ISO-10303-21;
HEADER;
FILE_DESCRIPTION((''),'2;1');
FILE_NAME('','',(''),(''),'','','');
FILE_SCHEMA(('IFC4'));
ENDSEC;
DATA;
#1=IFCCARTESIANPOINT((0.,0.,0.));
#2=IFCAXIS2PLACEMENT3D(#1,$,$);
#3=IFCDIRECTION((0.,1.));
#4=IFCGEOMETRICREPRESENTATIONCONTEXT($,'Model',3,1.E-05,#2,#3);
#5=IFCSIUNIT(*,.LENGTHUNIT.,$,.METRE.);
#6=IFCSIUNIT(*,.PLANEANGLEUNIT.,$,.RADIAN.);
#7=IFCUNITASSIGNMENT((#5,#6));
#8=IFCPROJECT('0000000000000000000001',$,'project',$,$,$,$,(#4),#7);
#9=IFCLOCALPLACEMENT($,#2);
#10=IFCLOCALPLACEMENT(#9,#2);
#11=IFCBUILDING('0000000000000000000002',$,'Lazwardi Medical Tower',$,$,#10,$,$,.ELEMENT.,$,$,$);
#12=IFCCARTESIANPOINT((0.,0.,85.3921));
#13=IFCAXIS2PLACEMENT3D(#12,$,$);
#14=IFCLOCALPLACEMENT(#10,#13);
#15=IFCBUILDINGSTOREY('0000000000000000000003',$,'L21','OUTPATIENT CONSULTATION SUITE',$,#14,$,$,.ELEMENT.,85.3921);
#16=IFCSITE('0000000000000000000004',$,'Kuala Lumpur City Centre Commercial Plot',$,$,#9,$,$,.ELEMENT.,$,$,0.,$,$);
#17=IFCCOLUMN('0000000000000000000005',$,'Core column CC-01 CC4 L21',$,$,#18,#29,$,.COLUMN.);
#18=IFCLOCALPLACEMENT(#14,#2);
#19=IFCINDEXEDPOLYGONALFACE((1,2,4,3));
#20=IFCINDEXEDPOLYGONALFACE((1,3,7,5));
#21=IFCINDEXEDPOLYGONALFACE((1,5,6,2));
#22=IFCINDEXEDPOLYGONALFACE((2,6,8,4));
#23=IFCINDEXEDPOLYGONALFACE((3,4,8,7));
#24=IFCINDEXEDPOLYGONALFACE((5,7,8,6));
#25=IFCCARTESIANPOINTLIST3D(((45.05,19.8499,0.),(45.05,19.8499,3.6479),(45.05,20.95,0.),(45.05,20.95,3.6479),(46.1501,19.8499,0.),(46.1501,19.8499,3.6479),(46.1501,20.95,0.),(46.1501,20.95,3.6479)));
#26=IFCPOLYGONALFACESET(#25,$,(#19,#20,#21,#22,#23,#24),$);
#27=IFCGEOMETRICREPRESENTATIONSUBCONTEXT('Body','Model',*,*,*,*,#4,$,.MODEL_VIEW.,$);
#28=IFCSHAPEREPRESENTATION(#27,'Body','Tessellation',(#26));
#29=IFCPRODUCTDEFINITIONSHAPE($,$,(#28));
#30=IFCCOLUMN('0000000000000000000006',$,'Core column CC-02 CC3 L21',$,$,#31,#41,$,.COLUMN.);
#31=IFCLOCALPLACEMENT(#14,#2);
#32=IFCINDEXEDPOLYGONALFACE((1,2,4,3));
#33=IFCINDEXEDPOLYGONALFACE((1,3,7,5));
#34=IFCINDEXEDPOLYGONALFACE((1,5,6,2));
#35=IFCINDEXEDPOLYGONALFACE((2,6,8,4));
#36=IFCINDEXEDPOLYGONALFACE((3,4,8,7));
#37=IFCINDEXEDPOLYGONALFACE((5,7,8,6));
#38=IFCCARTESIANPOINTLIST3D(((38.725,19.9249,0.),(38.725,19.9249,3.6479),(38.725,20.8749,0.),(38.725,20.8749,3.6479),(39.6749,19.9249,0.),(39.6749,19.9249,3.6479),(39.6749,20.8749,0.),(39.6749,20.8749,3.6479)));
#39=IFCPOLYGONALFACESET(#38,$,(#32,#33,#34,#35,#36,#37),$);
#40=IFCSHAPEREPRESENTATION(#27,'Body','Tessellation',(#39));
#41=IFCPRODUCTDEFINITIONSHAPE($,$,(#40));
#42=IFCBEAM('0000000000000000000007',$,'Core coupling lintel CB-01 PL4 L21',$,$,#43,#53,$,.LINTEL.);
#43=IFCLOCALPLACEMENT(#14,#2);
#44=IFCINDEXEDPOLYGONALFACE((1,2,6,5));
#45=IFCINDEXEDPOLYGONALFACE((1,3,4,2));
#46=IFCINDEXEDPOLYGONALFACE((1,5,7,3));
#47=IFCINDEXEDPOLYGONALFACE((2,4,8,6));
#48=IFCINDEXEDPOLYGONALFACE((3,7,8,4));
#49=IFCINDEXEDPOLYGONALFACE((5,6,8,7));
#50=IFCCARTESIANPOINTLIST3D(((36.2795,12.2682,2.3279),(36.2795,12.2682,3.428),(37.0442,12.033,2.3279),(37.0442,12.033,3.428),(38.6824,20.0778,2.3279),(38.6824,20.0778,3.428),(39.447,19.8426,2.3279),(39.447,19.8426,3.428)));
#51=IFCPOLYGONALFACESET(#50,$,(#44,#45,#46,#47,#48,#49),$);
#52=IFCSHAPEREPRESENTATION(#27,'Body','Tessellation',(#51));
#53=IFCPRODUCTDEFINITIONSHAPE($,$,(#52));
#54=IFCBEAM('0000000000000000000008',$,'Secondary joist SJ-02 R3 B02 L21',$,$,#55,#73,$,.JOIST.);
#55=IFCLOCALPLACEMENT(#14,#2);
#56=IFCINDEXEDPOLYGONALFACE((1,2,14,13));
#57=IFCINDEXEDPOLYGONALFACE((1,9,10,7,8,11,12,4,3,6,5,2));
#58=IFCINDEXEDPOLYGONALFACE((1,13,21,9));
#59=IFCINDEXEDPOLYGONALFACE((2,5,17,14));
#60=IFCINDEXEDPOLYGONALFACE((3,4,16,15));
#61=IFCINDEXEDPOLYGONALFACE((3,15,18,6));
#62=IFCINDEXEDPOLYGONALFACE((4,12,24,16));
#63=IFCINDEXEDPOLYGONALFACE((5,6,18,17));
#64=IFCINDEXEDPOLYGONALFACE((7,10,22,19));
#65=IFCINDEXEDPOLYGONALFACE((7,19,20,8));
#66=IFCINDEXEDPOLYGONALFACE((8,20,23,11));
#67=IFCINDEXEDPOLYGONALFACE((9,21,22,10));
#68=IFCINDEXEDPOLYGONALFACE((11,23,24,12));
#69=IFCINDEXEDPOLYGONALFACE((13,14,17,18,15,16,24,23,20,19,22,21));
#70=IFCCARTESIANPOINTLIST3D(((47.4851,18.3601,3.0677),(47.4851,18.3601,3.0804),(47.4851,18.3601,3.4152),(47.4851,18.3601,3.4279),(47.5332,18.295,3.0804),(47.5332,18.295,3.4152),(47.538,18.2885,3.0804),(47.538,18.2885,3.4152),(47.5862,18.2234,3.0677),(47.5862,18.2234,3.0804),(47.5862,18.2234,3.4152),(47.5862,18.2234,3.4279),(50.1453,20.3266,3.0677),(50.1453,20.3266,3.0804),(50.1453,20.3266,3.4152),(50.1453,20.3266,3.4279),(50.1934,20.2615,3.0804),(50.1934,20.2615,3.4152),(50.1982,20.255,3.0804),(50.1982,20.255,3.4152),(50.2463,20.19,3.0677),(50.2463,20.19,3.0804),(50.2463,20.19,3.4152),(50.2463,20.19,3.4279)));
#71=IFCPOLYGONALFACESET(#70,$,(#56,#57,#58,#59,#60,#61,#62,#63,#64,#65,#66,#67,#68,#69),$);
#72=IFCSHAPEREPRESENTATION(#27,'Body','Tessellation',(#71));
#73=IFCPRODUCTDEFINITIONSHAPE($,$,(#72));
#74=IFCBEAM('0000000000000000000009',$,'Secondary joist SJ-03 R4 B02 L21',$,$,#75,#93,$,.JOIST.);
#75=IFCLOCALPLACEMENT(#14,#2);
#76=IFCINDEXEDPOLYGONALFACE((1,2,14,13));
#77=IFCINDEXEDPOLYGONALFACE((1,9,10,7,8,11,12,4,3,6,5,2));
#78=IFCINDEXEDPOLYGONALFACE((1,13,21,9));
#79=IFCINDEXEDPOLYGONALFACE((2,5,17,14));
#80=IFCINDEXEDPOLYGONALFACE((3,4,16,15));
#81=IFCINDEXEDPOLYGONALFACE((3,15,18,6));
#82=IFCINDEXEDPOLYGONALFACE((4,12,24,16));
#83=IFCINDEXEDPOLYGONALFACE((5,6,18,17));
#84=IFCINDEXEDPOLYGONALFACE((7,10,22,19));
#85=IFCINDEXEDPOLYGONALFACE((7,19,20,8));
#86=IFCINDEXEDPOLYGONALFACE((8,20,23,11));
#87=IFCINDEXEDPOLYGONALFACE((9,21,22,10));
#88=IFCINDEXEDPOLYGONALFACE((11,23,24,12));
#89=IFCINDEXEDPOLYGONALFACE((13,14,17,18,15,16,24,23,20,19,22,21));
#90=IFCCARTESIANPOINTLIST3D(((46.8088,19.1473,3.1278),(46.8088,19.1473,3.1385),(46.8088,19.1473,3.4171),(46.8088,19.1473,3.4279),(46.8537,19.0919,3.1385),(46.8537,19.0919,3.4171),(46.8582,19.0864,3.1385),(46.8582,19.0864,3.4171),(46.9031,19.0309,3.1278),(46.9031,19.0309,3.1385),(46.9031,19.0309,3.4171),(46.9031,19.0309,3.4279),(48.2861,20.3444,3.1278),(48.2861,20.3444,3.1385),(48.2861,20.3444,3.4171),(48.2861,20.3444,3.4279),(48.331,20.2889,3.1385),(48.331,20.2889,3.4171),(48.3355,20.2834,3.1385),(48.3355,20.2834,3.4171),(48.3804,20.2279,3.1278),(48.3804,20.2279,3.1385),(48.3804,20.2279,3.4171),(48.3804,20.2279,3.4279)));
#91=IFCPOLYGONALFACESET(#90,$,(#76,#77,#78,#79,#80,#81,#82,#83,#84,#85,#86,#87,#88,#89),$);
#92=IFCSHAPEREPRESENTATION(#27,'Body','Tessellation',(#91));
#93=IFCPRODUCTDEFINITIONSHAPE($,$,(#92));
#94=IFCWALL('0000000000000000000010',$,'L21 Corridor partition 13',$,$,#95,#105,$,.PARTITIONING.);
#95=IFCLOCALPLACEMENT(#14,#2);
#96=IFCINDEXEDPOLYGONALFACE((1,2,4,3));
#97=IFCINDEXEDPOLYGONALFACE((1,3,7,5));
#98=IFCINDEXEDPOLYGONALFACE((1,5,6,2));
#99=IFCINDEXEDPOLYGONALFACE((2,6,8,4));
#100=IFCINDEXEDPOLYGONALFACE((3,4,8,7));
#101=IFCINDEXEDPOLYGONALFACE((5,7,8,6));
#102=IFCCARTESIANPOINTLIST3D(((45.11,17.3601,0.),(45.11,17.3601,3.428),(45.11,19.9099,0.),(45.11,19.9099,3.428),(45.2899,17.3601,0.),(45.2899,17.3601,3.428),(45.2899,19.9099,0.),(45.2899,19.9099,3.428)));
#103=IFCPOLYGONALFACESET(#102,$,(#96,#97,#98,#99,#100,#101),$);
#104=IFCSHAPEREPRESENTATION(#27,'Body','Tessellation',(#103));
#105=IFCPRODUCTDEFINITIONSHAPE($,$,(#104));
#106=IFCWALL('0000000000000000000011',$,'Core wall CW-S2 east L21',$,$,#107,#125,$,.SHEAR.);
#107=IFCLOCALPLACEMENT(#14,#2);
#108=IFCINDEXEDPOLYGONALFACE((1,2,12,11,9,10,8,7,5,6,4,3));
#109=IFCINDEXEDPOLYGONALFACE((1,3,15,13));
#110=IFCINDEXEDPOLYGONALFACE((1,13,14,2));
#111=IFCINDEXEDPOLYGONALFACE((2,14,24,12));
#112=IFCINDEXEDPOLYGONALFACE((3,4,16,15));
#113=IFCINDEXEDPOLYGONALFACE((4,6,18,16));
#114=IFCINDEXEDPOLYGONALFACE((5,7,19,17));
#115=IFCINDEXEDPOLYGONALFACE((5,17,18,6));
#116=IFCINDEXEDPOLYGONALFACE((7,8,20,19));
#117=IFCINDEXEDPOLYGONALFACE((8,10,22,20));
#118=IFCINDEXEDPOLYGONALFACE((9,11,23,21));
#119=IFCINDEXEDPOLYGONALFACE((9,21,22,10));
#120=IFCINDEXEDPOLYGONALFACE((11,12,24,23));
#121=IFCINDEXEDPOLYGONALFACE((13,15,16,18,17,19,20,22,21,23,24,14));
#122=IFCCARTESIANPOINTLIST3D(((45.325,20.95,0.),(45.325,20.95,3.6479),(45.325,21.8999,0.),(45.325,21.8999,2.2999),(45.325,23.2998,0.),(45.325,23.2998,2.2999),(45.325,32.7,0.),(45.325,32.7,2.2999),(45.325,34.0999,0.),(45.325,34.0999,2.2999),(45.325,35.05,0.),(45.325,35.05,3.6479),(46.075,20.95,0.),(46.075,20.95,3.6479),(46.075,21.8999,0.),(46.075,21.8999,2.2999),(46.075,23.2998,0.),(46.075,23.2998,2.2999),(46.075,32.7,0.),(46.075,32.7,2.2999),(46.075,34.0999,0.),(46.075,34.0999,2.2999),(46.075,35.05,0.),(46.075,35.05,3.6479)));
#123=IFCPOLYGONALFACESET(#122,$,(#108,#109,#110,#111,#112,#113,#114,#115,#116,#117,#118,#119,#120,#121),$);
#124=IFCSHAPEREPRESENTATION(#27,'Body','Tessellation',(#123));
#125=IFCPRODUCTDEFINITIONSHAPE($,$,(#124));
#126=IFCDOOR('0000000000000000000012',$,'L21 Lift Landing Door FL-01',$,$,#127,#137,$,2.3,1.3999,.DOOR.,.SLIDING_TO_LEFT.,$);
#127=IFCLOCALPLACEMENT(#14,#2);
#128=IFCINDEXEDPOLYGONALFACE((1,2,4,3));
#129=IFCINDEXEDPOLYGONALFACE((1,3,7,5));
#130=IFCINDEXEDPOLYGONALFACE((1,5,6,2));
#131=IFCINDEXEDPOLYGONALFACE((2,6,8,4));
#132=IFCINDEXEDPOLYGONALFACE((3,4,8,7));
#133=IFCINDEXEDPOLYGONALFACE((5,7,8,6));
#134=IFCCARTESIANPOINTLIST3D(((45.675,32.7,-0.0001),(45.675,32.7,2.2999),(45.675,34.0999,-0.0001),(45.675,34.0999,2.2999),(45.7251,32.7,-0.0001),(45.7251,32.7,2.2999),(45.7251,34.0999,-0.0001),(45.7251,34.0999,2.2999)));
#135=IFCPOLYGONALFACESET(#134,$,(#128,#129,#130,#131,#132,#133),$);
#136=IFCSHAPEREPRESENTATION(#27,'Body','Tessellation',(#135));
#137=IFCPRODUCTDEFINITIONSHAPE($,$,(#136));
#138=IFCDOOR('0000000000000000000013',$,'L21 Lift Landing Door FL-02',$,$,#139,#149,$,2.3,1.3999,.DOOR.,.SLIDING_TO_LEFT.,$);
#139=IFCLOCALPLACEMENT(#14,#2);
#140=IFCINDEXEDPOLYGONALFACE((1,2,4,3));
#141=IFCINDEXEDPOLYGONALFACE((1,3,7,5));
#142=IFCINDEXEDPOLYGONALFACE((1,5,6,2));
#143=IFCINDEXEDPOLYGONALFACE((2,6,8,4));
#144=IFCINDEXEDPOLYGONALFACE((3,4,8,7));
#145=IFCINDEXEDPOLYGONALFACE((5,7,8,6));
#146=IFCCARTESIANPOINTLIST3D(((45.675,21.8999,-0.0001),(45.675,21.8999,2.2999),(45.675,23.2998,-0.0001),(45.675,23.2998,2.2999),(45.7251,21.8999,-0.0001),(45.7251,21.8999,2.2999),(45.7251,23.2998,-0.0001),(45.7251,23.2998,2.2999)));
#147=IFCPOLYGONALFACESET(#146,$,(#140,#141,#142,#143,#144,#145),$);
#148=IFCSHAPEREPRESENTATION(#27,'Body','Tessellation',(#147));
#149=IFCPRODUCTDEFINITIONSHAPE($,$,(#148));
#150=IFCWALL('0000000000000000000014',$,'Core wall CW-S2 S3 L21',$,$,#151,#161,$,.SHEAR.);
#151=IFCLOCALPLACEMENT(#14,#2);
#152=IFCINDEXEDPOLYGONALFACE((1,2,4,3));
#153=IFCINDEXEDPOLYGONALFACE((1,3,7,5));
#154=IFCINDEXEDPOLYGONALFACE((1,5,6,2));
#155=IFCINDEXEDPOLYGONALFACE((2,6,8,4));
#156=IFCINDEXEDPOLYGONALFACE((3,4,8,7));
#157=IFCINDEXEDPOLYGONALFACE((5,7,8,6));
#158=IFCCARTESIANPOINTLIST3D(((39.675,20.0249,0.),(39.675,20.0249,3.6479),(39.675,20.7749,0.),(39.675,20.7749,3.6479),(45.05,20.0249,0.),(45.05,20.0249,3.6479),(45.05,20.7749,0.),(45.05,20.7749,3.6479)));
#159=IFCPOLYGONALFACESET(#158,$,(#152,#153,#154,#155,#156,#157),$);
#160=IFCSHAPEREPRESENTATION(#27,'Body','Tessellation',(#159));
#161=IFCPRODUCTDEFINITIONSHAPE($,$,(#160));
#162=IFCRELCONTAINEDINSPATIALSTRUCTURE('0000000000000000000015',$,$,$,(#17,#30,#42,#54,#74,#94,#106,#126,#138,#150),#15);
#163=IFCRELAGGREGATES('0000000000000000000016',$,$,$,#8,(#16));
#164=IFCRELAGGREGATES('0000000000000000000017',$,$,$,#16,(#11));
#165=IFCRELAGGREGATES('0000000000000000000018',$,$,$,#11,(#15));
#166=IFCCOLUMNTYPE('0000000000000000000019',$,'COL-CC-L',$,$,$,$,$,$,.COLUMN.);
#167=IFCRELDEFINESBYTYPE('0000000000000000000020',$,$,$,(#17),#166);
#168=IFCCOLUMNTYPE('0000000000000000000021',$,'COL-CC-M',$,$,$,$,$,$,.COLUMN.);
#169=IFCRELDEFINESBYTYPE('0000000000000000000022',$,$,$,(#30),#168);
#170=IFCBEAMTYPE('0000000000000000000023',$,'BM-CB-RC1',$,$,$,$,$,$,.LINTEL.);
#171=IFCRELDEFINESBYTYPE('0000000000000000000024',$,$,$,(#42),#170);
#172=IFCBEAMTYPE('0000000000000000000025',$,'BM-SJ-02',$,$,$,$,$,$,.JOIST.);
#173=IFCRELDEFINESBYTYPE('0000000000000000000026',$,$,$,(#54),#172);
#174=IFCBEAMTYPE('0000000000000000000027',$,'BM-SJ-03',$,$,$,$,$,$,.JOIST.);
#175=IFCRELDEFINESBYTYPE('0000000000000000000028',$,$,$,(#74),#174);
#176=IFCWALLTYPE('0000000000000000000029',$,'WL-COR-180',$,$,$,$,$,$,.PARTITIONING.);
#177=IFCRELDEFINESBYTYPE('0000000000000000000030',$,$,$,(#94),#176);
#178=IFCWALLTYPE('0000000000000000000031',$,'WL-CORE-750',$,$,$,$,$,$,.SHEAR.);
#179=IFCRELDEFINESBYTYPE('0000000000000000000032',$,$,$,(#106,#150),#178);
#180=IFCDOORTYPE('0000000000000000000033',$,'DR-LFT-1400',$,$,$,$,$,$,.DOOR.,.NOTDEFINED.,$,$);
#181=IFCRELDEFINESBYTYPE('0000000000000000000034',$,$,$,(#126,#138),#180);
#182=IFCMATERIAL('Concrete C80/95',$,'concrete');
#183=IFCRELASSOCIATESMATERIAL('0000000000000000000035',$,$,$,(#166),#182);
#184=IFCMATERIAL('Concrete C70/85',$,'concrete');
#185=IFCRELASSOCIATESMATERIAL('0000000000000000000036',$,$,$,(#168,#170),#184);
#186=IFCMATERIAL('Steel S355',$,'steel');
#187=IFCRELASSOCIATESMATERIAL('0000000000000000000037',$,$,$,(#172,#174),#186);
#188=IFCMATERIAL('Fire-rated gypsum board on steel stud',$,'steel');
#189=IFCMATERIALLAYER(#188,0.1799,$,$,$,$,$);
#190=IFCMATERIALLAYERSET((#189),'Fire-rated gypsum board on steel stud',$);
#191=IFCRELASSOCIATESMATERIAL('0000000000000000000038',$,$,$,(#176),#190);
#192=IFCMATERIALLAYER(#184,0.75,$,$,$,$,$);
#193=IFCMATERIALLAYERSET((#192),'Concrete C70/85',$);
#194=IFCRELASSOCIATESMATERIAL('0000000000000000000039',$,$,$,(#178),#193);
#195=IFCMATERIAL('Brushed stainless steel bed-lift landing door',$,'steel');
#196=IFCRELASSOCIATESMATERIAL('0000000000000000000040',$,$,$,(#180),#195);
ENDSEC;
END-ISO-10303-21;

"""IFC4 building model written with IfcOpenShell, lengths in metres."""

from ifc_helpers import new_model, si_unit, direction, frame, frame_2d, origin, origin_2d, place, context, subcontext, project, spatial, rectangle, i_section, extrude, material, layer, layer_set, material_profile, profile_set, type_object, element, fill, save


model = new_model("IFC4")

# Units and contexts
model_context = context("Model", 3, precision=1e-05, world=origin(), true_north=direction((0.0, 1.0)))
body_context = subcontext(model_context, "Body", "Model", "MODEL_VIEW")
ifc_project = project(units=[si_unit("LENGTHUNIT", "METRE"), si_unit("PLANEANGLEUNIT", "RADIAN")], contexts=[model_context])

# Site, building, storey
site_placement = place(None, origin())
site = spatial("IfcSite", under=ifc_project, at=site_placement, Name="Kuala Lumpur City Centre Commercial Plot", CompositionType="ELEMENT", RefElevation=0.0)
building_placement = place(site_placement, origin())
building = spatial("IfcBuilding", under=site, at=building_placement, Name="Lazwardi Medical Tower", CompositionType="ELEMENT")
storey_placement = place(building_placement, frame((0.0, 0.0, 85.3921)))
storey = spatial("IfcBuildingStorey", under=building, at=storey_placement, Name="L21", Description="OUTPATIENT CONSULTATION SUITE", CompositionType="ELEMENT", Elevation=85.3921)

# Columns
ifc_material_1 = material(Name="Concrete C80/95", Category="concrete")
ifc_material_profile_1 = material_profile(ifc_material_1, rectangle(XDim=1.1001, YDim=1.1001, at=origin_2d()), Name="RC 1100x1100")
ifc_profile_set_1 = profile_set([ifc_material_profile_1], Name="Concrete C80/95")
column_type_1 = type_object("IfcColumnType", Name="COL-CC-L", PredefinedType="COLUMN", material=ifc_profile_set_1)
column_1_placement = place(storey_placement, frame((45.6001, 20.3999, 0.0), z_axis=(0.0, 0.0, 1.0), x_axis=(1.0, 0.0, 0.0)))
element("IfcColumn", 1, at=column_1_placement, inside=storey, type_object=column_type_1, Name="Core column CC-01 CC4 L21", PredefinedType="COLUMN", context=body_context, shape_type="SweptSolid", body=[
    extrude(rectangle(XDim=1.1001, YDim=1.1001, at=origin_2d()), origin(), (0.0, 0.0, 1.0), 3.6479),
])
ifc_material_2 = material(Name="Concrete C70/85", Category="concrete")
ifc_material_profile_2 = material_profile(ifc_material_2, rectangle(XDim=0.95, YDim=0.95, at=origin_2d()), Name="RC 950x950")
ifc_profile_set_2 = profile_set([ifc_material_profile_2], Name="Concrete C70/85")
column_type_2 = type_object("IfcColumnType", Name="COL-CC-M", PredefinedType="COLUMN", material=ifc_profile_set_2)
column_2_placement = place(storey_placement, frame((39.2, 20.3999, 0.0), z_axis=(0.0, 0.0, 1.0), x_axis=(1.0, 0.0, 0.0)))
element("IfcColumn", 2, at=column_2_placement, inside=storey, type_object=column_type_2, Name="Core column CC-02 CC3 L21", PredefinedType="COLUMN", context=body_context, shape_type="SweptSolid", body=[
    extrude(rectangle(XDim=0.95, YDim=0.95, at=origin_2d()), origin(), (0.0, 0.0, 1.0), 3.6479),
])

# Beams
ifc_material_profile_3 = material_profile(ifc_material_2, rectangle(XDim=0.8, YDim=1.1001, at=origin_2d()), Name="RC 800x1100")
ifc_profile_set_3 = profile_set([ifc_material_profile_3], Name="Concrete C70/85")
beam_type_1 = type_object("IfcBeamType", Name="BM-CB-RC1", PredefinedType="LINTEL", material=ifc_profile_set_3)
beam_1_placement = place(storey_placement, frame((39.0647, 19.9602, 2.8779), z_axis=(-0.294073, -0.955783, 0.0), x_axis=(0.955783, -0.294073, 0.0)))
element("IfcBeam", 3, at=beam_1_placement, inside=storey, type_object=beam_type_1, Name="Core coupling lintel CB-01 PL4 L21", PredefinedType="LINTEL", context=body_context, shape_type="SweptSolid", body=[
    extrude(rectangle(XDim=0.8, YDim=1.1001, at=origin_2d()), origin(), (0.0, 0.0, 1.0), 8.1709),
])
ifc_material_3 = material(Name="Steel S355", Category="steel")
ifc_material_profile_4 = material_profile(ifc_material_3, i_section(OverallWidth=0.1699, OverallDepth=0.3601, WebThickness=0.0081, FlangeThickness=0.0127, at=origin_2d()), Name="IPE 360")
ifc_profile_set_4 = profile_set([ifc_material_profile_4], Name="Steel S355")
beam_type_2 = type_object("IfcBeamType", Name="BM-SJ-02", PredefinedType="JOIST", material=ifc_profile_set_4)
beam_2_placement = place(storey_placement, frame((47.5356, 18.2917, 3.2478), z_axis=(0.804126, 0.59446, 0.0), x_axis=(-0.59446, 0.804126, 0.0)))
element("IfcBeam", 4, at=beam_2_placement, inside=storey, type_object=beam_type_2, Name="Secondary joist SJ-02 R3 B02 L21", PredefinedType="JOIST", context=body_context, shape_type="SweptSolid", body=[
    extrude(i_section(OverallWidth=0.1699, OverallDepth=0.3601, WebThickness=0.0081, FlangeThickness=0.0127, at=origin_2d()), origin(), (0.0, 0.0, 1.0), 3.3081),
])
ifc_material_profile_5 = material_profile(ifc_material_3, i_section(OverallWidth=0.1499, OverallDepth=0.3, WebThickness=0.0071, FlangeThickness=0.0107, at=origin_2d()), Name="IPE 300")
ifc_profile_set_5 = profile_set([ifc_material_profile_5], Name="Steel S355")
beam_type_3 = type_object("IfcBeamType", Name="BM-SJ-03", PredefinedType="JOIST", material=ifc_profile_set_5)
beam_3_placement = place(storey_placement, frame((46.856, 19.0891, 3.2778), z_axis=(0.776958, 0.629553, 0.0), x_axis=(-0.629553, 0.776958, 0.0)))
element("IfcBeam", 5, at=beam_3_placement, inside=storey, type_object=beam_type_3, Name="Secondary joist SJ-03 R4 B02 L21", PredefinedType="JOIST", context=body_context, shape_type="SweptSolid", body=[
    extrude(i_section(OverallWidth=0.1499, OverallDepth=0.3, WebThickness=0.0071, FlangeThickness=0.0107, at=origin_2d()), origin(), (0.0, 0.0, 1.0), 1.9014),
])

# Wall
ifc_material_4 = material(Name="Fire-rated gypsum board on steel stud", Category="steel")
ifc_layer_1 = layer(ifc_material_4, 0.1799)
ifc_layer_set_1 = layer_set([ifc_layer_1], Name="Fire-rated gypsum board on steel stud")
wall_type_1 = type_object("IfcWallType", Name="WL-COR-180", PredefinedType="PARTITIONING", material=ifc_layer_set_1)
wall_1_placement = place(storey_placement, frame((45.2, 19.9099, 0.0), z_axis=(0.0, 0.0, 1.0), x_axis=(0.0, -1.0, 0.0)))
element("IfcWall", 6, at=wall_1_placement, inside=storey, type_object=wall_type_1, Name="L21 Corridor partition 13", PredefinedType="PARTITIONING", context=body_context, shape_type="SweptSolid", body=[
    extrude(rectangle(XDim=2.5498, YDim=0.1799, at=frame_2d((1.2749, 0.0))), origin(), (0.0, 0.0, 1.0), 3.428),
])

# Wall, openings, doors
ifc_layer_2 = layer(ifc_material_2, 0.75)
ifc_layer_set_2 = layer_set([ifc_layer_2], Name="Concrete C70/85")
wall_type_2 = type_object("IfcWallType", Name="WL-CORE-750", PredefinedType="SHEAR", material=ifc_layer_set_2)
wall_2_placement = place(storey_placement, frame((45.7, 20.95, 0.0), z_axis=(0.0, 0.0, 1.0), x_axis=(0.0, 1.0, 0.0)))
wall_2 = element("IfcWall", 7, at=wall_2_placement, inside=storey, type_object=wall_type_2, Name="Core wall CW-S2 east L21", PredefinedType="SHEAR", context=body_context, shape_type="SweptSolid", body=[
    extrude(rectangle(XDim=14.1001, YDim=0.75, at=frame_2d((7.05, 0.0))), origin(), (0.0, 0.0, 1.0), 3.6479),
])
opening_1_placement = place(wall_2_placement, frame((11.75, 0.0, 0.0)))
opening_1 = element("IfcOpeningElement", 8, at=opening_1_placement, cuts=wall_2, PredefinedType="OPENING", context=body_context, shape_type="SweptSolid", body=[
    extrude(rectangle(XDim=1.3999, YDim=2.3, at=frame_2d((0.7, 1.1499))), frame((0.0, 0.385, 0.0), z_axis=(0.0, -1.0, 0.0), x_axis=(1.0, 0.0, 0.0)), (0.0, 0.0, 1.0), 0.77),
])
opening_2_placement = place(wall_2_placement, frame((0.95, 0.0, 0.0)))
opening_2 = element("IfcOpeningElement", 9, at=opening_2_placement, cuts=wall_2, PredefinedType="OPENING", context=body_context, shape_type="SweptSolid", body=[
    extrude(rectangle(XDim=1.3999, YDim=2.3, at=frame_2d((0.7, 1.1499))), frame((0.0, 0.385, 0.0), z_axis=(0.0, -1.0, 0.0), x_axis=(1.0, 0.0, 0.0)), (0.0, 0.0, 1.0), 0.77),
])
ifc_material_5 = material(Name="Brushed stainless steel bed-lift landing door", Category="steel")
door_type_1 = type_object("IfcDoorType", Name="DR-LFT-1400", OperationType="NOTDEFINED", PredefinedType="DOOR", material=ifc_material_5)
door_1_placement = place(opening_1_placement, origin())
door_1 = element("IfcDoor", 10, at=door_1_placement, inside=storey, type_object=door_type_1, Name="L21 Lift Landing Door FL-01", OperationType="SLIDING_TO_LEFT", OverallHeight=2.3, OverallWidth=1.3999, PredefinedType="DOOR", context=body_context, shape_type="SweptSolid", body=[
    extrude(rectangle(XDim=1.3999, YDim=2.3, at=frame_2d((0.7, 1.1499))), frame((0.0, 0.0249, 0.0), z_axis=(0.0, -1.0, 0.0), x_axis=(1.0, 0.0, 0.0)), (0.0, 0.0, 1.0), 0.05),
])
fill(opening_1, door_1)
door_2_placement = place(opening_2_placement, origin())
door_2 = element("IfcDoor", 11, at=door_2_placement, inside=storey, type_object=door_type_1, Name="L21 Lift Landing Door FL-02", OperationType="SLIDING_TO_LEFT", OverallHeight=2.3, OverallWidth=1.3999, PredefinedType="DOOR", context=body_context, shape_type="SweptSolid", body=[
    extrude(rectangle(XDim=1.3999, YDim=2.3, at=frame_2d((0.7, 1.1499))), frame((0.0, 0.0249, 0.0), z_axis=(0.0, -1.0, 0.0), x_axis=(1.0, 0.0, 0.0)), (0.0, 0.0, 1.0), 0.05),
])
fill(opening_2, door_2)

# Wall
wall_3_placement = place(storey_placement, frame((39.675, 20.3999, 0.0), z_axis=(0.0, 0.0, 1.0), x_axis=(1.0, 0.0, 0.0)))
element("IfcWall", 12, at=wall_3_placement, inside=storey, type_object=wall_type_2, Name="Core wall CW-S2 S3 L21", PredefinedType="SHEAR", context=body_context, shape_type="SweptSolid", body=[
    extrude(rectangle(XDim=5.375, YDim=0.75, at=frame_2d((2.6875, 0.0))), origin(), (0.0, 0.0, 1.0), 3.6479),
])

save(model, "model.ifc")
